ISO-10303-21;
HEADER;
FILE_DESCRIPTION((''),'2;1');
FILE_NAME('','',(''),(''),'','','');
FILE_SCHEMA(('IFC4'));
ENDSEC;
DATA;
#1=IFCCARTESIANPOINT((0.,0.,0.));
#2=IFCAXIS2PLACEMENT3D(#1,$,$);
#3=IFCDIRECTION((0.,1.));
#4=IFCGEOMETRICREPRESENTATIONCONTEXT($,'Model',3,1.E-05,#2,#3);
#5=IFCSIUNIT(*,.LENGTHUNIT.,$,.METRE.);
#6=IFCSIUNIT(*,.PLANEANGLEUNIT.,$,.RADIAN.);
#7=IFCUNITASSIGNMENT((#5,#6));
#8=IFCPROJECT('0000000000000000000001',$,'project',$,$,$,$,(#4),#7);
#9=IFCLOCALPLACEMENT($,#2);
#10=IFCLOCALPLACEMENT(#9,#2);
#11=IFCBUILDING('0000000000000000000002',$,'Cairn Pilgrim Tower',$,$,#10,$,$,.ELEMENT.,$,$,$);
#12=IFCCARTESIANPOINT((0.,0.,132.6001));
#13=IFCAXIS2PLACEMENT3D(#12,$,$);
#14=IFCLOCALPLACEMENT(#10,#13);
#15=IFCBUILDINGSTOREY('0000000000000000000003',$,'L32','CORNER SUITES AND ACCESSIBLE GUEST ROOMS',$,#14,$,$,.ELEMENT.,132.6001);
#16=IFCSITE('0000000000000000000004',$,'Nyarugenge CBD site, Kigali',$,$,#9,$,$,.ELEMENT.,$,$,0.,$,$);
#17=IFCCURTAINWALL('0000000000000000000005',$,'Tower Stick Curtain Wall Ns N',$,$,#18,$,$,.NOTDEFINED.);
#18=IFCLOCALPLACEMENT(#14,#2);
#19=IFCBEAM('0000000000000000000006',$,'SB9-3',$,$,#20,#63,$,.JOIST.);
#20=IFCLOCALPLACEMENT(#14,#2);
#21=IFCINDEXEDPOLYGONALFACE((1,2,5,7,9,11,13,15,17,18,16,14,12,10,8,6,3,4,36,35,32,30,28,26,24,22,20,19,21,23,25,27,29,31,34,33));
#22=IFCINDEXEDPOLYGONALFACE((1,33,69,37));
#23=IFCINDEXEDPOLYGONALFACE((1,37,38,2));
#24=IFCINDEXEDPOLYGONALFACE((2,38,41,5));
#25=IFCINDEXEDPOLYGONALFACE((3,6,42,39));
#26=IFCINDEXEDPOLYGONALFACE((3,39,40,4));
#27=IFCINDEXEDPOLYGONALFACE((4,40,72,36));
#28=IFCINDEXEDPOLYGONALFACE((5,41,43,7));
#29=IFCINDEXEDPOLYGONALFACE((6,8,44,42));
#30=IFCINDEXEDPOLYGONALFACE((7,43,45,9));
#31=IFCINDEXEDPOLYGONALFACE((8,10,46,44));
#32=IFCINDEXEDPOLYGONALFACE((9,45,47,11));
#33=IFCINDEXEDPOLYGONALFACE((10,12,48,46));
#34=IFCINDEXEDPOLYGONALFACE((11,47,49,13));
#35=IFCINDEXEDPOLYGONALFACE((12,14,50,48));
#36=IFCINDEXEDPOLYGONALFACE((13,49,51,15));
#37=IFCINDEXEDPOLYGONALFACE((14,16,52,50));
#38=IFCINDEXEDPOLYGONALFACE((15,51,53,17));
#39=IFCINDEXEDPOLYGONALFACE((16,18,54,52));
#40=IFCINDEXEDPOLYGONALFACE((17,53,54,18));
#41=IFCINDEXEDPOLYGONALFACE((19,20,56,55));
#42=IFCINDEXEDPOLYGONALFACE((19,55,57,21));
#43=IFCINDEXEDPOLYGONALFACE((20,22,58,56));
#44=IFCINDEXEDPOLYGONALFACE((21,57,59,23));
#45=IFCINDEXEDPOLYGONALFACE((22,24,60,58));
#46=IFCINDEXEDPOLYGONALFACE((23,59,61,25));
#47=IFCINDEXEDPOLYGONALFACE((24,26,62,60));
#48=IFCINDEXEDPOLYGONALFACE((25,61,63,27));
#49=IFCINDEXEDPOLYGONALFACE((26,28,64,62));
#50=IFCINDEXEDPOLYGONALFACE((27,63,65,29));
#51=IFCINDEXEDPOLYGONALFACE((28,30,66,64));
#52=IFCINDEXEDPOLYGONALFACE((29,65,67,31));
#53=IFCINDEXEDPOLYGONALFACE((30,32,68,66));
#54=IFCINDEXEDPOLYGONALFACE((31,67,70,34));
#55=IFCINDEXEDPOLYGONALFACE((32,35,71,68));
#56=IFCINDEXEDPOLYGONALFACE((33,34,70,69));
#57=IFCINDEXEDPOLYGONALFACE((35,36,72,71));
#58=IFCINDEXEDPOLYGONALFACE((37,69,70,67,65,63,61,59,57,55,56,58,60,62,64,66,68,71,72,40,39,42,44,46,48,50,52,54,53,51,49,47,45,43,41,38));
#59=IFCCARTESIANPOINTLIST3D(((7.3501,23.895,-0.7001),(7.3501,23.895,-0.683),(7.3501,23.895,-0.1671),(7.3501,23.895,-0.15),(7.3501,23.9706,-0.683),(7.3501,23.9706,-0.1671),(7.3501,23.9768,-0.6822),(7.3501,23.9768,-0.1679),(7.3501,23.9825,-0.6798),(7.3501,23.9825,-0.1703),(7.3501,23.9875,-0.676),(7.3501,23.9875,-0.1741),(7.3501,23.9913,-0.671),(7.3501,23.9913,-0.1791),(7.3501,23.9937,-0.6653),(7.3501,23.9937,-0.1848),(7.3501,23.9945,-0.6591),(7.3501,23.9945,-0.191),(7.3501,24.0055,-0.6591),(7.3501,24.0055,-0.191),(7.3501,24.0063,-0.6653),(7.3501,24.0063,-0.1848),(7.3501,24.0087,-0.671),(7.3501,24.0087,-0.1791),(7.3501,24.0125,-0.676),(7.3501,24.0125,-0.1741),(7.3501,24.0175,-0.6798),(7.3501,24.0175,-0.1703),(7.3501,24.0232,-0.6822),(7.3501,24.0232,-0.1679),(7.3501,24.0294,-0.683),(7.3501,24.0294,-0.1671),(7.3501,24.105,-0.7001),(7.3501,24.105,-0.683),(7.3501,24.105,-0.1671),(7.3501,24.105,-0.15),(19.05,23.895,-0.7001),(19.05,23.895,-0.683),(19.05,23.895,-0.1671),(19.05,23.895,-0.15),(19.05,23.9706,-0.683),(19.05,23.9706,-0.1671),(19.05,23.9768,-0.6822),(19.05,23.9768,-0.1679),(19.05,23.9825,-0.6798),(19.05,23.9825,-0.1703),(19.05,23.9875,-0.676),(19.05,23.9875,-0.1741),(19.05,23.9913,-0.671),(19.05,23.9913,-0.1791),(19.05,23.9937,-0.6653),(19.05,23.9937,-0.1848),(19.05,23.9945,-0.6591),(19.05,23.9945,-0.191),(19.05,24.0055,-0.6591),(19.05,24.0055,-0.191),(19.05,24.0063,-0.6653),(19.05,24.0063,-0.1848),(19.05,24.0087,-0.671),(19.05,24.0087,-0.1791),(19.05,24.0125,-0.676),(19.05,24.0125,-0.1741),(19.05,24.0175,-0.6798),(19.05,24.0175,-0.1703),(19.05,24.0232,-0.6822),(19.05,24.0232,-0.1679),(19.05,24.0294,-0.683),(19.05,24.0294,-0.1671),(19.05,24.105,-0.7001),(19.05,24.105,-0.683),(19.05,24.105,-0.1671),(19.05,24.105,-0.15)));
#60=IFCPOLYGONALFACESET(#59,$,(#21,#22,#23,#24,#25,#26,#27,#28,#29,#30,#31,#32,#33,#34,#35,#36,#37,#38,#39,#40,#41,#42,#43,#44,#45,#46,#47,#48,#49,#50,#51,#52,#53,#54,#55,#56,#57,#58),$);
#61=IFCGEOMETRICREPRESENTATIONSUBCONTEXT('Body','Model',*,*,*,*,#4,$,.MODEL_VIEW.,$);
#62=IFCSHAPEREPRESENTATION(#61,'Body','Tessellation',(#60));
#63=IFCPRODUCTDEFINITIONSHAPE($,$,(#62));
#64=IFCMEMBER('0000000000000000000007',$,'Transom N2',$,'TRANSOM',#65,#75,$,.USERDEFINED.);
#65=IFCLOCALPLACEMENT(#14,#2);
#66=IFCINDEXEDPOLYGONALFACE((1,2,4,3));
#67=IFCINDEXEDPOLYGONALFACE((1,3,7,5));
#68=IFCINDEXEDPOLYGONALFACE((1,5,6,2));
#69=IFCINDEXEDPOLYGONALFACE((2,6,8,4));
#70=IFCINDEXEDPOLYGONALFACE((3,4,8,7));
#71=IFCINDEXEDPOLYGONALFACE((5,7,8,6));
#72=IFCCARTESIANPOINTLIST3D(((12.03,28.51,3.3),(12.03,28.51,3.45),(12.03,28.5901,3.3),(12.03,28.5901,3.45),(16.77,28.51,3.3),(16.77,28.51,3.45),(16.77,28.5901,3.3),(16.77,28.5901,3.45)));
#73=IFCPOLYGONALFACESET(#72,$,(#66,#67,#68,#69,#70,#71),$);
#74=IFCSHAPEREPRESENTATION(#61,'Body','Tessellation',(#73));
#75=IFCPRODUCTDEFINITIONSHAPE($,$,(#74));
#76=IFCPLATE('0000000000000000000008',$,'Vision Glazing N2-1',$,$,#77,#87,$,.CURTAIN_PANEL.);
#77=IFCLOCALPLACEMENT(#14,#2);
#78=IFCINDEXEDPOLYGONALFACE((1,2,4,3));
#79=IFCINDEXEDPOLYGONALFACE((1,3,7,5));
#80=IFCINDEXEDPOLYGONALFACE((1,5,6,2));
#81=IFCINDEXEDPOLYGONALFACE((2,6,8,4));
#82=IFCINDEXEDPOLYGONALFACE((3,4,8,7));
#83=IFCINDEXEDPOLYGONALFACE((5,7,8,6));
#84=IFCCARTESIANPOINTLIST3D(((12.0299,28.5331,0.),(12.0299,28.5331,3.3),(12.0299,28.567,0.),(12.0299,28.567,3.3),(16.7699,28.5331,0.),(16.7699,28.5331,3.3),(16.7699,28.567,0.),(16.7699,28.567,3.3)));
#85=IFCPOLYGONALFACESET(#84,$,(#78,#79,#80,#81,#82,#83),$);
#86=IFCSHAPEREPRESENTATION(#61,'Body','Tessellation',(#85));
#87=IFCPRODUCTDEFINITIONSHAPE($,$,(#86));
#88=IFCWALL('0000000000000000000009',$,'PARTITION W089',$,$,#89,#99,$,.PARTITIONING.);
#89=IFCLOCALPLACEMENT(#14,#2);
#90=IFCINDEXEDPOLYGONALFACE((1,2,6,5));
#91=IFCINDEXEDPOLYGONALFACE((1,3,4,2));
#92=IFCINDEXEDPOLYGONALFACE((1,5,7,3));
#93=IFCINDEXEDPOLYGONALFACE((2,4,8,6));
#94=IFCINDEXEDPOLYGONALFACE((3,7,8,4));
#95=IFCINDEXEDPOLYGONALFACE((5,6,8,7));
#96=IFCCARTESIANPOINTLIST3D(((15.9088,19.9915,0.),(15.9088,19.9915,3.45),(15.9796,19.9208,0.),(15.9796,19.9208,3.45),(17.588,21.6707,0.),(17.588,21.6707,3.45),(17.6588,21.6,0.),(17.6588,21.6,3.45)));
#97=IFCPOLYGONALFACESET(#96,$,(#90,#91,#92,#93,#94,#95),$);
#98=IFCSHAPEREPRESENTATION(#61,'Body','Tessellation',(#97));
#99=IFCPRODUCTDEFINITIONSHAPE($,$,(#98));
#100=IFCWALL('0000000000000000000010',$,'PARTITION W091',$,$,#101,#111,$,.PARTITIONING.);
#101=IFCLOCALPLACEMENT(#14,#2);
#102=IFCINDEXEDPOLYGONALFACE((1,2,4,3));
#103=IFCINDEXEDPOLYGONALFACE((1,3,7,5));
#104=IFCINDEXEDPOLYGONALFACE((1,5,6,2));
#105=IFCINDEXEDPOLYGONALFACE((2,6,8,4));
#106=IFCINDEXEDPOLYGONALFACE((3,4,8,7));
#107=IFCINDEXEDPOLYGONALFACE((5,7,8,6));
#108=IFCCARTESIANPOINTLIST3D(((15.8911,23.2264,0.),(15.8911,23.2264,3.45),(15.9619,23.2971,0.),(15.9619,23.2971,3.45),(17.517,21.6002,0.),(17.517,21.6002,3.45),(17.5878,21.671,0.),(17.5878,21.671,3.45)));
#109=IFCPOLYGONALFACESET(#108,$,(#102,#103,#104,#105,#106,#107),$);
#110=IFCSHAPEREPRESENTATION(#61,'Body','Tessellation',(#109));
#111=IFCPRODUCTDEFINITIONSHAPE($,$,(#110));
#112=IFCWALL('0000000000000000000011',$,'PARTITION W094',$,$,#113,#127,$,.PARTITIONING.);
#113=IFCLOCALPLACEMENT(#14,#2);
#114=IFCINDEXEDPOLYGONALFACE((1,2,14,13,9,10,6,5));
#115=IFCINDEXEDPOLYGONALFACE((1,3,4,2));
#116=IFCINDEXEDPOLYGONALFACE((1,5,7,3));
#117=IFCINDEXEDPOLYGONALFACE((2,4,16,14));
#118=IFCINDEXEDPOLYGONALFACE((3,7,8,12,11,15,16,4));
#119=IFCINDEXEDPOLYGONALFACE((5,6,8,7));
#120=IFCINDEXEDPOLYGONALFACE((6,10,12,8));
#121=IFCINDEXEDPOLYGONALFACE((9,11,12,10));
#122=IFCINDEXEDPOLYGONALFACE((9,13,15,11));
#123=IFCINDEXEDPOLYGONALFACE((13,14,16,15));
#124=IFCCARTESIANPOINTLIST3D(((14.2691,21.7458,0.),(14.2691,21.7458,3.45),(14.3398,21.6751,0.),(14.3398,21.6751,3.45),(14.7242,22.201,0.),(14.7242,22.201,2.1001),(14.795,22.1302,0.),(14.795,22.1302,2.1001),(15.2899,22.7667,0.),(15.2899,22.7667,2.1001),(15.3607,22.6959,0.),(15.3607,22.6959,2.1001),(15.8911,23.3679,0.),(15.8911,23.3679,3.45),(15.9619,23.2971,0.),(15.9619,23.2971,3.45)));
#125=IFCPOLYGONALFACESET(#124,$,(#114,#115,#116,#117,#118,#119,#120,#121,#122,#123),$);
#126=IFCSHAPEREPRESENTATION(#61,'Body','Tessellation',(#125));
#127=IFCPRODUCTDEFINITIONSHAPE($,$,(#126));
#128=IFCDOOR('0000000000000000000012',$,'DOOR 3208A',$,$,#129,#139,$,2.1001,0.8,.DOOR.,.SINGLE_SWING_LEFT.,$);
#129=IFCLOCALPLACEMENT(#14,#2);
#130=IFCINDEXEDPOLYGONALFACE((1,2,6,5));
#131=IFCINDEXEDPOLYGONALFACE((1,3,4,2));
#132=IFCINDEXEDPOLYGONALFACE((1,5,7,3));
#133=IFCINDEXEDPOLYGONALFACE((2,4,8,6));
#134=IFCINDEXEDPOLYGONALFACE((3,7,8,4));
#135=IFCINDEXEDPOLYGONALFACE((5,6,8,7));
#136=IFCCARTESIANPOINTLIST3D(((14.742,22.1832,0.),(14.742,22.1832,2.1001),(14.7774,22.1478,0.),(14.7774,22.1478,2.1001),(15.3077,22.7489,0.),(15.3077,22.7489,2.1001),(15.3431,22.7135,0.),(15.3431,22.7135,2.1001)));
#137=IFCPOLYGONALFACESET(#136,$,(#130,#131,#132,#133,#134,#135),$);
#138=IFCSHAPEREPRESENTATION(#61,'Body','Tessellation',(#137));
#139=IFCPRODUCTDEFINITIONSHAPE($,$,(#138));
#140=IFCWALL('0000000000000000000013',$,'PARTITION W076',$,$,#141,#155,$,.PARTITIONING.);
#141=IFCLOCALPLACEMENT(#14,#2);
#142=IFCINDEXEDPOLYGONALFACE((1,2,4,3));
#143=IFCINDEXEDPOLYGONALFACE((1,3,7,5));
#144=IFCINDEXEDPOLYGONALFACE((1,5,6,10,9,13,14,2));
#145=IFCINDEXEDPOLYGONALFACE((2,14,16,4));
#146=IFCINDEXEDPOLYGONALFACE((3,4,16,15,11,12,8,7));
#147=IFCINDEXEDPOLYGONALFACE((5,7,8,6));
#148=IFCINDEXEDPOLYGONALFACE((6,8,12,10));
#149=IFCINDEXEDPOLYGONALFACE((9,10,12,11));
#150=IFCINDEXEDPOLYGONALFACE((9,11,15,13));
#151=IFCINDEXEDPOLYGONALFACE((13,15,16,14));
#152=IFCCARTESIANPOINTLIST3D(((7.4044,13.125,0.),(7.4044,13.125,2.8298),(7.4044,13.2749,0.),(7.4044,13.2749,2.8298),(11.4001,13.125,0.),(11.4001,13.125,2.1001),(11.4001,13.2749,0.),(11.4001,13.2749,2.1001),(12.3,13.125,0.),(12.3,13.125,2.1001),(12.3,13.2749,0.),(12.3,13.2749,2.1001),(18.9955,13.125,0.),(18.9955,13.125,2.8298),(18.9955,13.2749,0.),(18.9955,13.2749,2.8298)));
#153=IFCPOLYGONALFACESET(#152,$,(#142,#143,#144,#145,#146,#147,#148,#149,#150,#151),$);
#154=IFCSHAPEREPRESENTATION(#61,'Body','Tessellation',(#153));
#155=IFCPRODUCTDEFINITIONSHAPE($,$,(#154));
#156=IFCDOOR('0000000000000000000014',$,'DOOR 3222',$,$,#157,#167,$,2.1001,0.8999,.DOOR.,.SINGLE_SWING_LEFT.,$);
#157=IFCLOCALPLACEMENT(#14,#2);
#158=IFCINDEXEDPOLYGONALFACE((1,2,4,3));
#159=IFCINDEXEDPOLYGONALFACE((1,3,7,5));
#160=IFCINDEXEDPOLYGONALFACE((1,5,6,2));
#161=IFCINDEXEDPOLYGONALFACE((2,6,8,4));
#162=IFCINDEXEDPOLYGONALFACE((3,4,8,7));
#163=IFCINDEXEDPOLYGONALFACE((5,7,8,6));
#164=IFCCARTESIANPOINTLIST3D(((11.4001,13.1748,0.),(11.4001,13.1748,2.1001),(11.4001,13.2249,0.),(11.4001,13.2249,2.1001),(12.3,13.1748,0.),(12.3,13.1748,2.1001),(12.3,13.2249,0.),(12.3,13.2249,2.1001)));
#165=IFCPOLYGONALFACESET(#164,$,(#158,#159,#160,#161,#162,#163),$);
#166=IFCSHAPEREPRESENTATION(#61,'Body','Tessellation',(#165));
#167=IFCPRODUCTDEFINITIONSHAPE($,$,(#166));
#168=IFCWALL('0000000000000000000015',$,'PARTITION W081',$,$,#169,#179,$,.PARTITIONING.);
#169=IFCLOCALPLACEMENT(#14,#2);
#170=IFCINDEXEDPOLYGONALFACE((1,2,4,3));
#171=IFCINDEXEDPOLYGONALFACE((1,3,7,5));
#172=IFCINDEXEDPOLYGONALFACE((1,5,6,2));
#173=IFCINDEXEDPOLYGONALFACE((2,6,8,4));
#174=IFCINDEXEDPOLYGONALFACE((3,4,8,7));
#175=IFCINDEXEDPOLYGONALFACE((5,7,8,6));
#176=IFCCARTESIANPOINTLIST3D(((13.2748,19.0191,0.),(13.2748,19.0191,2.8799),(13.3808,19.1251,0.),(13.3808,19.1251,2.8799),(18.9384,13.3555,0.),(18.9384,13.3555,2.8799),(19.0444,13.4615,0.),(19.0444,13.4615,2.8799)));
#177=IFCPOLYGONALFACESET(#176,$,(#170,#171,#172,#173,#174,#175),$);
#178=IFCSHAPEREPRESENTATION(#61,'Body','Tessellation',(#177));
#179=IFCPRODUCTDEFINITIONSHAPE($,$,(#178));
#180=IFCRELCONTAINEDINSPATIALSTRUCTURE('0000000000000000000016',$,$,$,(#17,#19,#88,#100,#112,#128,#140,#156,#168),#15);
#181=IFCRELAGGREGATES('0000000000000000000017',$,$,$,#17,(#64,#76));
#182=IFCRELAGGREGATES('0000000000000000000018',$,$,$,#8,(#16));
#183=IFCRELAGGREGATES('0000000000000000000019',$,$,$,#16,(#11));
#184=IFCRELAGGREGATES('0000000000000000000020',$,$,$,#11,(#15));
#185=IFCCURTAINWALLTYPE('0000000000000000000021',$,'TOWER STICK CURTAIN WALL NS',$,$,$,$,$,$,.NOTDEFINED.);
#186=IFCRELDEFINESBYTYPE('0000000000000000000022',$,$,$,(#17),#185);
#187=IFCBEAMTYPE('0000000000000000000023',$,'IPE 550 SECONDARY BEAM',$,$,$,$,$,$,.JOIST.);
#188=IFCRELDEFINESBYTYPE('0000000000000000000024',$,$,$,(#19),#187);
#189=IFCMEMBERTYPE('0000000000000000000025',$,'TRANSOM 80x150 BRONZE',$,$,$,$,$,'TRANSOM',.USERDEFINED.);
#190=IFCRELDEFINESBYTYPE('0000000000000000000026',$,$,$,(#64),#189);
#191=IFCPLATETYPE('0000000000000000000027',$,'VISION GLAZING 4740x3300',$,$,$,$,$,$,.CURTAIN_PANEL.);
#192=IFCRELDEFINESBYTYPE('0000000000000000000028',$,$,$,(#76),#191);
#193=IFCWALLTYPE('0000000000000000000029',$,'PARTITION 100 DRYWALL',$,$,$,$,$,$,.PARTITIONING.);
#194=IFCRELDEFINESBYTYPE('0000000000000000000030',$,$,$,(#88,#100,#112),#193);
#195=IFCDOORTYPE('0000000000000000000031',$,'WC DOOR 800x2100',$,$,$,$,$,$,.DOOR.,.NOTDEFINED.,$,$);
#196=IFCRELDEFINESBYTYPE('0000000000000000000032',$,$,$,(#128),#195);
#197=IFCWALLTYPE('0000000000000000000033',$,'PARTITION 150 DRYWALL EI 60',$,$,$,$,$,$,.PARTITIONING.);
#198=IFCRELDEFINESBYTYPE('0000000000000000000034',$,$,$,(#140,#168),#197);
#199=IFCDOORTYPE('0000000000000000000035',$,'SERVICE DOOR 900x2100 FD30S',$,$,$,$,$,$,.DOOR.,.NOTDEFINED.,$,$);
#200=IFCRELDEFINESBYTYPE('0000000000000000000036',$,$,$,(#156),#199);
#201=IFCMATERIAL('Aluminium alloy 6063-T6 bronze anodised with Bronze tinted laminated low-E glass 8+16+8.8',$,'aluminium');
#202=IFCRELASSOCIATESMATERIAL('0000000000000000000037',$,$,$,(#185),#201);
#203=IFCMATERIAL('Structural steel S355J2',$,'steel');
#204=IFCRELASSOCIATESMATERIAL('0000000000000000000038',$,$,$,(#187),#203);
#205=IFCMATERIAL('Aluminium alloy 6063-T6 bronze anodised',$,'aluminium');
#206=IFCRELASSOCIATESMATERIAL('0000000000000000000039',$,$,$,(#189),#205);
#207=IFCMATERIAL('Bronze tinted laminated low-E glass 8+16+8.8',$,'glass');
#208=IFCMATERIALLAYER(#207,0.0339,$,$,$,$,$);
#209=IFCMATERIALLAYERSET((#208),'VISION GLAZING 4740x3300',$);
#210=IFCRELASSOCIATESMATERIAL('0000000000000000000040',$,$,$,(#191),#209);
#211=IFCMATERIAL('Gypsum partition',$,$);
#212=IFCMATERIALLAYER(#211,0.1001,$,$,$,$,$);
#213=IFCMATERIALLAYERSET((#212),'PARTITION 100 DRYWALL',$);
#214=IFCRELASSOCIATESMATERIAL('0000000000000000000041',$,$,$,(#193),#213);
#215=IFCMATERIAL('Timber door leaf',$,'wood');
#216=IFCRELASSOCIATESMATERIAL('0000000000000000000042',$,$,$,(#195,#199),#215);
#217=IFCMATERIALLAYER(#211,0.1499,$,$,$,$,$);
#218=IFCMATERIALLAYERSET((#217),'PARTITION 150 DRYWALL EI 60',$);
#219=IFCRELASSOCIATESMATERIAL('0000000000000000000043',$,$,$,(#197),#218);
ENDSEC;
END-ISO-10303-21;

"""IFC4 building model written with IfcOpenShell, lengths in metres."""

from ifc_helpers import new_model, si_unit, direction, frame, frame_2d, origin, origin_2d, place, context, subcontext, project, spatial, rectangle, i_section, extrude, material, layer, layer_set, material_profile, profile_set, type_object, element, fill, aggregate, save


model = new_model("IFC4")

# Units and contexts
model_context = context("Model", 3, precision=1e-05, world=origin(), true_north=direction((0.0, 1.0)))
body_context = subcontext(model_context, "Body", "Model", "MODEL_VIEW")
ifc_project = project(units=[si_unit("LENGTHUNIT", "METRE"), si_unit("PLANEANGLEUNIT", "RADIAN")], contexts=[model_context])

# Site, building, storey
site_placement = place(None, origin())
site = spatial("IfcSite", under=ifc_project, at=site_placement, Name="Nyarugenge CBD site, Kigali", CompositionType="ELEMENT", RefElevation=0.0)
building_placement = place(site_placement, origin())
building = spatial("IfcBuilding", under=site, at=building_placement, Name="Cairn Pilgrim Tower", CompositionType="ELEMENT")
storey_placement = place(building_placement, frame((0.0, 0.0, 132.6001)))
storey = spatial("IfcBuildingStorey", under=building, at=storey_placement, Name="L32", Description="CORNER SUITES AND ACCESSIBLE GUEST ROOMS", CompositionType="ELEMENT", Elevation=132.6001)

# Curtain wall
ifc_material_1 = material(Name="Aluminium alloy 6063-T6 bronze anodised with Bronze tinted laminated low-E glass 8+16+8.8", Category="aluminium")
curtain_wall_type = type_object("IfcCurtainWallType", Name="TOWER STICK CURTAIN WALL NS", PredefinedType="NOTDEFINED", material=ifc_material_1)
curtain_wall_placement = place(storey_placement, origin())
curtain_wall = element("IfcCurtainWall", 1, at=curtain_wall_placement, inside=storey, type_object=curtain_wall_type, Name="Tower Stick Curtain Wall Ns N", PredefinedType="NOTDEFINED")
ifc_material_2 = material(Name="Aluminium alloy 6063-T6 bronze anodised", Category="aluminium")

# Beam
ifc_material_3 = material(Name="Structural steel S355J2", Category="steel")
ifc_material_profile_1 = material_profile(ifc_material_3, i_section(OverallWidth=0.21, OverallDepth=0.55, WebThickness=0.011, FlangeThickness=0.0171, FilletRadius=0.0239, at=origin_2d()), Name="IPE 550")
ifc_profile_set_1 = profile_set([ifc_material_profile_1], Name="Structural steel S355J2")
beam_type_1 = type_object("IfcBeamType", Name="IPE 550 SECONDARY BEAM", PredefinedType="JOIST", material=ifc_profile_set_1)
for number, where, z_axis, x_axis, name in (
    (2, (7.3501, 24.0, -0.425), (1.0, 0.0, 0.0), (0.0, 1.0, 0.0), "SB9-3"),
):
    element("IfcBeam", number, at=place(storey_placement, frame(where, z_axis=z_axis, x_axis=x_axis)), inside=storey, type_object=beam_type_1, Name=name, PredefinedType="JOIST", context=body_context, shape_type="SweptSolid", body=[
        extrude(i_section(OverallWidth=0.21, OverallDepth=0.55, WebThickness=0.011, FlangeThickness=0.0171, FilletRadius=0.0239, at=origin_2d()), origin(), (0.0, 0.0, 1.0), 11.7),
    ])

# Member
ifc_material_profile_2 = material_profile(ifc_material_2, rectangle(XDim=0.0801, YDim=0.1499, at=origin_2d()), Name="TRANSOM 80x150 BRONZE")
ifc_profile_set_2 = profile_set([ifc_material_profile_2], Name="Aluminium alloy 6063-T6 bronze anodised")
member_type_1 = type_object("IfcMemberType", Name="TRANSOM 80x150 BRONZE", ElementType="TRANSOM", PredefinedType="USERDEFINED", material=ifc_profile_set_2)
member_1_placement = place(storey_placement, frame((16.77, 28.55, 3.375), z_axis=(-1.0, 0.0, 0.0), x_axis=(0.0, -1.0, 0.0)))
member_1 = element("IfcMember", 3, at=member_1_placement, type_object=member_type_1, Name="Transom N2", ObjectType="TRANSOM", PredefinedType="USERDEFINED", context=body_context, shape_type="SweptSolid", body=[
    extrude(rectangle(XDim=0.0801, YDim=0.1499, at=origin_2d()), origin(), (0.0, 0.0, 1.0), 4.74),
])

# Plate
ifc_material_4 = material(Name="Bronze tinted laminated low-E glass 8+16+8.8", Category="glass")
ifc_layer_1 = layer(ifc_material_4, 0.0339)
ifc_layer_set_1 = layer_set([ifc_layer_1], Name="VISION GLAZING 4740x3300")
plate_type = type_object("IfcPlateType", Name="VISION GLAZING 4740x3300", PredefinedType="CURTAIN_PANEL", material=ifc_layer_set_1)
plate_placement = place(storey_placement, frame((14.3999, 28.55, 0.0), z_axis=(0.0, 0.0, 1.0), x_axis=(-1.0, 0.0, 0.0)))
plate = element("IfcPlate", 4, at=plate_placement, type_object=plate_type, Name="Vision Glazing N2-1", PredefinedType="CURTAIN_PANEL", context=body_context, shape_type="SweptSolid", body=[
    extrude(rectangle(XDim=4.74, YDim=0.0339, at=origin_2d()), origin(), (0.0, 0.0, 1.0), 3.3),
])
aggregate(curtain_wall, [member_1, plate])

# Walls
ifc_material_5 = material(Name="Gypsum partition")
ifc_layer_2 = layer(ifc_material_5, 0.1001)
ifc_layer_set_2 = layer_set([ifc_layer_2], Name="PARTITION 100 DRYWALL")
wall_type_1 = type_object("IfcWallType", Name="PARTITION 100 DRYWALL", PredefinedType="PARTITIONING", material=ifc_layer_set_2)
wall_1_placement = place(storey_placement, frame((15.9441, 19.9561, 0.0), z_axis=(0.0, 0.0, 1.0), x_axis=(0.707107, 0.707107, 0.0)))
element("IfcWall", 5, at=wall_1_placement, inside=storey, type_object=wall_type_1, Name="PARTITION W089", PredefinedType="PARTITIONING", context=body_context, shape_type="SweptSolid", body=[
    extrude(rectangle(XDim=2.3748, YDim=0.1001, at=frame_2d((1.1875, 0.0))), origin(), (0.0, 0.0, 1.0), 3.45),
])
wall_2_placement = place(storey_placement, frame((17.5525, 21.6355, 0.0), z_axis=(0.0, 0.0, 1.0), x_axis=(-0.707054, 0.70716, 0.0)))
element("IfcWall", 6, at=wall_2_placement, inside=storey, type_object=wall_type_1, Name="PARTITION W091", PredefinedType="PARTITIONING", context=body_context, shape_type="SweptSolid", body=[
    extrude(rectangle(XDim=2.2996, YDim=0.1001, at=frame_2d((1.1499, 0.0))), origin(), (0.0, 0.0, 1.0), 3.45),
])

# Walls, openings, doors
wall_3_placement = place(storey_placement, frame((14.3044, 21.7104, 0.0), z_axis=(0.0, 0.0, 1.0), x_axis=(0.707107, 0.707107, 0.0)))
wall_3 = element("IfcWall", 7, at=wall_3_placement, inside=storey, type_object=wall_type_1, Name="PARTITION W094", PredefinedType="PARTITIONING", context=body_context, shape_type="SweptSolid", body=[
    extrude(rectangle(XDim=2.2939, YDim=0.1001, at=frame_2d((1.147, 0.0))), origin(), (0.0, 0.0, 1.0), 3.45),
])
opening_1_placement = place(wall_3_placement, frame((0.6438, 0.0, 0.0)))
opening_1 = element("IfcOpeningElement", 8, at=opening_1_placement, cuts=wall_3, PredefinedType="OPENING", context=body_context, shape_type="SweptSolid", body=[
    extrude(rectangle(XDim=0.8, YDim=2.1001, at=frame_2d((0.3999, 1.05))), frame((0.0, 0.0601, 0.0), z_axis=(0.0, -1.0, 0.0), x_axis=(1.0, 0.0, 0.0)), (0.0, 0.0, 1.0), 0.1201),
])
ifc_material_6 = material(Name="Timber door leaf", Category="wood")
door_type_1 = type_object("IfcDoorType", Name="WC DOOR 800x2100", OperationType="NOTDEFINED", PredefinedType="DOOR", material=ifc_material_6)
door_1_placement = place(opening_1_placement, origin())
door_1 = element("IfcDoor", 9, at=door_1_placement, inside=storey, type_object=door_type_1, Name="DOOR 3208A", OperationType="SINGLE_SWING_LEFT", OverallHeight=2.1001, OverallWidth=0.8, PredefinedType="DOOR", context=body_context, shape_type="SweptSolid", body=[
    extrude(rectangle(XDim=0.8, YDim=2.1001, at=frame_2d((0.3999, 1.05))), frame((0.0, 0.0249, 0.0), z_axis=(0.0, -1.0, 0.0), x_axis=(1.0, 0.0, 0.0)), (0.0, 0.0, 1.0), 0.05),
])
fill(opening_1, door_1)
ifc_layer_3 = layer(ifc_material_5, 0.1499)
ifc_layer_set_3 = layer_set([ifc_layer_3], Name="PARTITION 150 DRYWALL EI 60")
wall_type_2 = type_object("IfcWallType", Name="PARTITION 150 DRYWALL EI 60", PredefinedType="PARTITIONING", material=ifc_layer_set_3)
wall_4_placement = place(storey_placement, frame((7.4045, 13.2, 0.0), z_axis=(0.0, 0.0, 1.0), x_axis=(1.0, 0.0, 0.0)))
wall_4 = element("IfcWall", 10, at=wall_4_placement, inside=storey, type_object=wall_type_2, Name="PARTITION W076", PredefinedType="PARTITIONING", context=body_context, shape_type="SweptSolid", body=[
    extrude(rectangle(XDim=11.5911, YDim=0.1499, at=frame_2d((5.7954, 0.0))), origin(), (0.0, 0.0, 1.0), 2.8298),
])
opening_2_placement = place(wall_4_placement, frame((3.9956, 0.0, 0.0)))
opening_2 = element("IfcOpeningElement", 11, at=opening_2_placement, cuts=wall_4, PredefinedType="OPENING", context=body_context, shape_type="SweptSolid", body=[
    extrude(rectangle(XDim=0.8999, YDim=2.1001, at=frame_2d((0.45, 1.05))), frame((0.0, 0.085, 0.0), z_axis=(0.0, -1.0, 0.0), x_axis=(1.0, 0.0, 0.0)), (0.0, 0.0, 1.0), 0.1699),
])
door_type_2 = type_object("IfcDoorType", Name="SERVICE DOOR 900x2100 FD30S", OperationType="NOTDEFINED", PredefinedType="DOOR", material=ifc_material_6)
door_2_placement = place(opening_2_placement, origin())
door_2 = element("IfcDoor", 12, at=door_2_placement, inside=storey, type_object=door_type_2, Name="DOOR 3222", OperationType="SINGLE_SWING_LEFT", OverallHeight=2.1001, OverallWidth=0.8999, PredefinedType="DOOR", context=body_context, shape_type="SweptSolid", body=[
    extrude(rectangle(XDim=0.8999, YDim=2.1001, at=frame_2d((0.45, 1.05))), frame((0.0, 0.0249, 0.0), z_axis=(0.0, -1.0, 0.0), x_axis=(1.0, 0.0, 0.0)), (0.0, 0.0, 1.0), 0.05),
])
fill(opening_2, door_2)

# Wall
wall_5_placement = place(storey_placement, frame((18.9915, 13.4084, 0.0), z_axis=(0.0, 0.0, 1.0), x_axis=(-0.707107, 0.707107, 0.0)))
element("IfcWall", 13, at=wall_5_placement, inside=storey, type_object=wall_type_2, Name="PARTITION W081", PredefinedType="PARTITIONING", context=body_context, shape_type="SweptSolid", body=[
    extrude(rectangle(XDim=8.0095, YDim=0.1499, at=frame_2d((4.0049, 0.0))), origin(), (0.0, 0.0, 1.0), 2.8799),
])

save(model, "model.ifc")
